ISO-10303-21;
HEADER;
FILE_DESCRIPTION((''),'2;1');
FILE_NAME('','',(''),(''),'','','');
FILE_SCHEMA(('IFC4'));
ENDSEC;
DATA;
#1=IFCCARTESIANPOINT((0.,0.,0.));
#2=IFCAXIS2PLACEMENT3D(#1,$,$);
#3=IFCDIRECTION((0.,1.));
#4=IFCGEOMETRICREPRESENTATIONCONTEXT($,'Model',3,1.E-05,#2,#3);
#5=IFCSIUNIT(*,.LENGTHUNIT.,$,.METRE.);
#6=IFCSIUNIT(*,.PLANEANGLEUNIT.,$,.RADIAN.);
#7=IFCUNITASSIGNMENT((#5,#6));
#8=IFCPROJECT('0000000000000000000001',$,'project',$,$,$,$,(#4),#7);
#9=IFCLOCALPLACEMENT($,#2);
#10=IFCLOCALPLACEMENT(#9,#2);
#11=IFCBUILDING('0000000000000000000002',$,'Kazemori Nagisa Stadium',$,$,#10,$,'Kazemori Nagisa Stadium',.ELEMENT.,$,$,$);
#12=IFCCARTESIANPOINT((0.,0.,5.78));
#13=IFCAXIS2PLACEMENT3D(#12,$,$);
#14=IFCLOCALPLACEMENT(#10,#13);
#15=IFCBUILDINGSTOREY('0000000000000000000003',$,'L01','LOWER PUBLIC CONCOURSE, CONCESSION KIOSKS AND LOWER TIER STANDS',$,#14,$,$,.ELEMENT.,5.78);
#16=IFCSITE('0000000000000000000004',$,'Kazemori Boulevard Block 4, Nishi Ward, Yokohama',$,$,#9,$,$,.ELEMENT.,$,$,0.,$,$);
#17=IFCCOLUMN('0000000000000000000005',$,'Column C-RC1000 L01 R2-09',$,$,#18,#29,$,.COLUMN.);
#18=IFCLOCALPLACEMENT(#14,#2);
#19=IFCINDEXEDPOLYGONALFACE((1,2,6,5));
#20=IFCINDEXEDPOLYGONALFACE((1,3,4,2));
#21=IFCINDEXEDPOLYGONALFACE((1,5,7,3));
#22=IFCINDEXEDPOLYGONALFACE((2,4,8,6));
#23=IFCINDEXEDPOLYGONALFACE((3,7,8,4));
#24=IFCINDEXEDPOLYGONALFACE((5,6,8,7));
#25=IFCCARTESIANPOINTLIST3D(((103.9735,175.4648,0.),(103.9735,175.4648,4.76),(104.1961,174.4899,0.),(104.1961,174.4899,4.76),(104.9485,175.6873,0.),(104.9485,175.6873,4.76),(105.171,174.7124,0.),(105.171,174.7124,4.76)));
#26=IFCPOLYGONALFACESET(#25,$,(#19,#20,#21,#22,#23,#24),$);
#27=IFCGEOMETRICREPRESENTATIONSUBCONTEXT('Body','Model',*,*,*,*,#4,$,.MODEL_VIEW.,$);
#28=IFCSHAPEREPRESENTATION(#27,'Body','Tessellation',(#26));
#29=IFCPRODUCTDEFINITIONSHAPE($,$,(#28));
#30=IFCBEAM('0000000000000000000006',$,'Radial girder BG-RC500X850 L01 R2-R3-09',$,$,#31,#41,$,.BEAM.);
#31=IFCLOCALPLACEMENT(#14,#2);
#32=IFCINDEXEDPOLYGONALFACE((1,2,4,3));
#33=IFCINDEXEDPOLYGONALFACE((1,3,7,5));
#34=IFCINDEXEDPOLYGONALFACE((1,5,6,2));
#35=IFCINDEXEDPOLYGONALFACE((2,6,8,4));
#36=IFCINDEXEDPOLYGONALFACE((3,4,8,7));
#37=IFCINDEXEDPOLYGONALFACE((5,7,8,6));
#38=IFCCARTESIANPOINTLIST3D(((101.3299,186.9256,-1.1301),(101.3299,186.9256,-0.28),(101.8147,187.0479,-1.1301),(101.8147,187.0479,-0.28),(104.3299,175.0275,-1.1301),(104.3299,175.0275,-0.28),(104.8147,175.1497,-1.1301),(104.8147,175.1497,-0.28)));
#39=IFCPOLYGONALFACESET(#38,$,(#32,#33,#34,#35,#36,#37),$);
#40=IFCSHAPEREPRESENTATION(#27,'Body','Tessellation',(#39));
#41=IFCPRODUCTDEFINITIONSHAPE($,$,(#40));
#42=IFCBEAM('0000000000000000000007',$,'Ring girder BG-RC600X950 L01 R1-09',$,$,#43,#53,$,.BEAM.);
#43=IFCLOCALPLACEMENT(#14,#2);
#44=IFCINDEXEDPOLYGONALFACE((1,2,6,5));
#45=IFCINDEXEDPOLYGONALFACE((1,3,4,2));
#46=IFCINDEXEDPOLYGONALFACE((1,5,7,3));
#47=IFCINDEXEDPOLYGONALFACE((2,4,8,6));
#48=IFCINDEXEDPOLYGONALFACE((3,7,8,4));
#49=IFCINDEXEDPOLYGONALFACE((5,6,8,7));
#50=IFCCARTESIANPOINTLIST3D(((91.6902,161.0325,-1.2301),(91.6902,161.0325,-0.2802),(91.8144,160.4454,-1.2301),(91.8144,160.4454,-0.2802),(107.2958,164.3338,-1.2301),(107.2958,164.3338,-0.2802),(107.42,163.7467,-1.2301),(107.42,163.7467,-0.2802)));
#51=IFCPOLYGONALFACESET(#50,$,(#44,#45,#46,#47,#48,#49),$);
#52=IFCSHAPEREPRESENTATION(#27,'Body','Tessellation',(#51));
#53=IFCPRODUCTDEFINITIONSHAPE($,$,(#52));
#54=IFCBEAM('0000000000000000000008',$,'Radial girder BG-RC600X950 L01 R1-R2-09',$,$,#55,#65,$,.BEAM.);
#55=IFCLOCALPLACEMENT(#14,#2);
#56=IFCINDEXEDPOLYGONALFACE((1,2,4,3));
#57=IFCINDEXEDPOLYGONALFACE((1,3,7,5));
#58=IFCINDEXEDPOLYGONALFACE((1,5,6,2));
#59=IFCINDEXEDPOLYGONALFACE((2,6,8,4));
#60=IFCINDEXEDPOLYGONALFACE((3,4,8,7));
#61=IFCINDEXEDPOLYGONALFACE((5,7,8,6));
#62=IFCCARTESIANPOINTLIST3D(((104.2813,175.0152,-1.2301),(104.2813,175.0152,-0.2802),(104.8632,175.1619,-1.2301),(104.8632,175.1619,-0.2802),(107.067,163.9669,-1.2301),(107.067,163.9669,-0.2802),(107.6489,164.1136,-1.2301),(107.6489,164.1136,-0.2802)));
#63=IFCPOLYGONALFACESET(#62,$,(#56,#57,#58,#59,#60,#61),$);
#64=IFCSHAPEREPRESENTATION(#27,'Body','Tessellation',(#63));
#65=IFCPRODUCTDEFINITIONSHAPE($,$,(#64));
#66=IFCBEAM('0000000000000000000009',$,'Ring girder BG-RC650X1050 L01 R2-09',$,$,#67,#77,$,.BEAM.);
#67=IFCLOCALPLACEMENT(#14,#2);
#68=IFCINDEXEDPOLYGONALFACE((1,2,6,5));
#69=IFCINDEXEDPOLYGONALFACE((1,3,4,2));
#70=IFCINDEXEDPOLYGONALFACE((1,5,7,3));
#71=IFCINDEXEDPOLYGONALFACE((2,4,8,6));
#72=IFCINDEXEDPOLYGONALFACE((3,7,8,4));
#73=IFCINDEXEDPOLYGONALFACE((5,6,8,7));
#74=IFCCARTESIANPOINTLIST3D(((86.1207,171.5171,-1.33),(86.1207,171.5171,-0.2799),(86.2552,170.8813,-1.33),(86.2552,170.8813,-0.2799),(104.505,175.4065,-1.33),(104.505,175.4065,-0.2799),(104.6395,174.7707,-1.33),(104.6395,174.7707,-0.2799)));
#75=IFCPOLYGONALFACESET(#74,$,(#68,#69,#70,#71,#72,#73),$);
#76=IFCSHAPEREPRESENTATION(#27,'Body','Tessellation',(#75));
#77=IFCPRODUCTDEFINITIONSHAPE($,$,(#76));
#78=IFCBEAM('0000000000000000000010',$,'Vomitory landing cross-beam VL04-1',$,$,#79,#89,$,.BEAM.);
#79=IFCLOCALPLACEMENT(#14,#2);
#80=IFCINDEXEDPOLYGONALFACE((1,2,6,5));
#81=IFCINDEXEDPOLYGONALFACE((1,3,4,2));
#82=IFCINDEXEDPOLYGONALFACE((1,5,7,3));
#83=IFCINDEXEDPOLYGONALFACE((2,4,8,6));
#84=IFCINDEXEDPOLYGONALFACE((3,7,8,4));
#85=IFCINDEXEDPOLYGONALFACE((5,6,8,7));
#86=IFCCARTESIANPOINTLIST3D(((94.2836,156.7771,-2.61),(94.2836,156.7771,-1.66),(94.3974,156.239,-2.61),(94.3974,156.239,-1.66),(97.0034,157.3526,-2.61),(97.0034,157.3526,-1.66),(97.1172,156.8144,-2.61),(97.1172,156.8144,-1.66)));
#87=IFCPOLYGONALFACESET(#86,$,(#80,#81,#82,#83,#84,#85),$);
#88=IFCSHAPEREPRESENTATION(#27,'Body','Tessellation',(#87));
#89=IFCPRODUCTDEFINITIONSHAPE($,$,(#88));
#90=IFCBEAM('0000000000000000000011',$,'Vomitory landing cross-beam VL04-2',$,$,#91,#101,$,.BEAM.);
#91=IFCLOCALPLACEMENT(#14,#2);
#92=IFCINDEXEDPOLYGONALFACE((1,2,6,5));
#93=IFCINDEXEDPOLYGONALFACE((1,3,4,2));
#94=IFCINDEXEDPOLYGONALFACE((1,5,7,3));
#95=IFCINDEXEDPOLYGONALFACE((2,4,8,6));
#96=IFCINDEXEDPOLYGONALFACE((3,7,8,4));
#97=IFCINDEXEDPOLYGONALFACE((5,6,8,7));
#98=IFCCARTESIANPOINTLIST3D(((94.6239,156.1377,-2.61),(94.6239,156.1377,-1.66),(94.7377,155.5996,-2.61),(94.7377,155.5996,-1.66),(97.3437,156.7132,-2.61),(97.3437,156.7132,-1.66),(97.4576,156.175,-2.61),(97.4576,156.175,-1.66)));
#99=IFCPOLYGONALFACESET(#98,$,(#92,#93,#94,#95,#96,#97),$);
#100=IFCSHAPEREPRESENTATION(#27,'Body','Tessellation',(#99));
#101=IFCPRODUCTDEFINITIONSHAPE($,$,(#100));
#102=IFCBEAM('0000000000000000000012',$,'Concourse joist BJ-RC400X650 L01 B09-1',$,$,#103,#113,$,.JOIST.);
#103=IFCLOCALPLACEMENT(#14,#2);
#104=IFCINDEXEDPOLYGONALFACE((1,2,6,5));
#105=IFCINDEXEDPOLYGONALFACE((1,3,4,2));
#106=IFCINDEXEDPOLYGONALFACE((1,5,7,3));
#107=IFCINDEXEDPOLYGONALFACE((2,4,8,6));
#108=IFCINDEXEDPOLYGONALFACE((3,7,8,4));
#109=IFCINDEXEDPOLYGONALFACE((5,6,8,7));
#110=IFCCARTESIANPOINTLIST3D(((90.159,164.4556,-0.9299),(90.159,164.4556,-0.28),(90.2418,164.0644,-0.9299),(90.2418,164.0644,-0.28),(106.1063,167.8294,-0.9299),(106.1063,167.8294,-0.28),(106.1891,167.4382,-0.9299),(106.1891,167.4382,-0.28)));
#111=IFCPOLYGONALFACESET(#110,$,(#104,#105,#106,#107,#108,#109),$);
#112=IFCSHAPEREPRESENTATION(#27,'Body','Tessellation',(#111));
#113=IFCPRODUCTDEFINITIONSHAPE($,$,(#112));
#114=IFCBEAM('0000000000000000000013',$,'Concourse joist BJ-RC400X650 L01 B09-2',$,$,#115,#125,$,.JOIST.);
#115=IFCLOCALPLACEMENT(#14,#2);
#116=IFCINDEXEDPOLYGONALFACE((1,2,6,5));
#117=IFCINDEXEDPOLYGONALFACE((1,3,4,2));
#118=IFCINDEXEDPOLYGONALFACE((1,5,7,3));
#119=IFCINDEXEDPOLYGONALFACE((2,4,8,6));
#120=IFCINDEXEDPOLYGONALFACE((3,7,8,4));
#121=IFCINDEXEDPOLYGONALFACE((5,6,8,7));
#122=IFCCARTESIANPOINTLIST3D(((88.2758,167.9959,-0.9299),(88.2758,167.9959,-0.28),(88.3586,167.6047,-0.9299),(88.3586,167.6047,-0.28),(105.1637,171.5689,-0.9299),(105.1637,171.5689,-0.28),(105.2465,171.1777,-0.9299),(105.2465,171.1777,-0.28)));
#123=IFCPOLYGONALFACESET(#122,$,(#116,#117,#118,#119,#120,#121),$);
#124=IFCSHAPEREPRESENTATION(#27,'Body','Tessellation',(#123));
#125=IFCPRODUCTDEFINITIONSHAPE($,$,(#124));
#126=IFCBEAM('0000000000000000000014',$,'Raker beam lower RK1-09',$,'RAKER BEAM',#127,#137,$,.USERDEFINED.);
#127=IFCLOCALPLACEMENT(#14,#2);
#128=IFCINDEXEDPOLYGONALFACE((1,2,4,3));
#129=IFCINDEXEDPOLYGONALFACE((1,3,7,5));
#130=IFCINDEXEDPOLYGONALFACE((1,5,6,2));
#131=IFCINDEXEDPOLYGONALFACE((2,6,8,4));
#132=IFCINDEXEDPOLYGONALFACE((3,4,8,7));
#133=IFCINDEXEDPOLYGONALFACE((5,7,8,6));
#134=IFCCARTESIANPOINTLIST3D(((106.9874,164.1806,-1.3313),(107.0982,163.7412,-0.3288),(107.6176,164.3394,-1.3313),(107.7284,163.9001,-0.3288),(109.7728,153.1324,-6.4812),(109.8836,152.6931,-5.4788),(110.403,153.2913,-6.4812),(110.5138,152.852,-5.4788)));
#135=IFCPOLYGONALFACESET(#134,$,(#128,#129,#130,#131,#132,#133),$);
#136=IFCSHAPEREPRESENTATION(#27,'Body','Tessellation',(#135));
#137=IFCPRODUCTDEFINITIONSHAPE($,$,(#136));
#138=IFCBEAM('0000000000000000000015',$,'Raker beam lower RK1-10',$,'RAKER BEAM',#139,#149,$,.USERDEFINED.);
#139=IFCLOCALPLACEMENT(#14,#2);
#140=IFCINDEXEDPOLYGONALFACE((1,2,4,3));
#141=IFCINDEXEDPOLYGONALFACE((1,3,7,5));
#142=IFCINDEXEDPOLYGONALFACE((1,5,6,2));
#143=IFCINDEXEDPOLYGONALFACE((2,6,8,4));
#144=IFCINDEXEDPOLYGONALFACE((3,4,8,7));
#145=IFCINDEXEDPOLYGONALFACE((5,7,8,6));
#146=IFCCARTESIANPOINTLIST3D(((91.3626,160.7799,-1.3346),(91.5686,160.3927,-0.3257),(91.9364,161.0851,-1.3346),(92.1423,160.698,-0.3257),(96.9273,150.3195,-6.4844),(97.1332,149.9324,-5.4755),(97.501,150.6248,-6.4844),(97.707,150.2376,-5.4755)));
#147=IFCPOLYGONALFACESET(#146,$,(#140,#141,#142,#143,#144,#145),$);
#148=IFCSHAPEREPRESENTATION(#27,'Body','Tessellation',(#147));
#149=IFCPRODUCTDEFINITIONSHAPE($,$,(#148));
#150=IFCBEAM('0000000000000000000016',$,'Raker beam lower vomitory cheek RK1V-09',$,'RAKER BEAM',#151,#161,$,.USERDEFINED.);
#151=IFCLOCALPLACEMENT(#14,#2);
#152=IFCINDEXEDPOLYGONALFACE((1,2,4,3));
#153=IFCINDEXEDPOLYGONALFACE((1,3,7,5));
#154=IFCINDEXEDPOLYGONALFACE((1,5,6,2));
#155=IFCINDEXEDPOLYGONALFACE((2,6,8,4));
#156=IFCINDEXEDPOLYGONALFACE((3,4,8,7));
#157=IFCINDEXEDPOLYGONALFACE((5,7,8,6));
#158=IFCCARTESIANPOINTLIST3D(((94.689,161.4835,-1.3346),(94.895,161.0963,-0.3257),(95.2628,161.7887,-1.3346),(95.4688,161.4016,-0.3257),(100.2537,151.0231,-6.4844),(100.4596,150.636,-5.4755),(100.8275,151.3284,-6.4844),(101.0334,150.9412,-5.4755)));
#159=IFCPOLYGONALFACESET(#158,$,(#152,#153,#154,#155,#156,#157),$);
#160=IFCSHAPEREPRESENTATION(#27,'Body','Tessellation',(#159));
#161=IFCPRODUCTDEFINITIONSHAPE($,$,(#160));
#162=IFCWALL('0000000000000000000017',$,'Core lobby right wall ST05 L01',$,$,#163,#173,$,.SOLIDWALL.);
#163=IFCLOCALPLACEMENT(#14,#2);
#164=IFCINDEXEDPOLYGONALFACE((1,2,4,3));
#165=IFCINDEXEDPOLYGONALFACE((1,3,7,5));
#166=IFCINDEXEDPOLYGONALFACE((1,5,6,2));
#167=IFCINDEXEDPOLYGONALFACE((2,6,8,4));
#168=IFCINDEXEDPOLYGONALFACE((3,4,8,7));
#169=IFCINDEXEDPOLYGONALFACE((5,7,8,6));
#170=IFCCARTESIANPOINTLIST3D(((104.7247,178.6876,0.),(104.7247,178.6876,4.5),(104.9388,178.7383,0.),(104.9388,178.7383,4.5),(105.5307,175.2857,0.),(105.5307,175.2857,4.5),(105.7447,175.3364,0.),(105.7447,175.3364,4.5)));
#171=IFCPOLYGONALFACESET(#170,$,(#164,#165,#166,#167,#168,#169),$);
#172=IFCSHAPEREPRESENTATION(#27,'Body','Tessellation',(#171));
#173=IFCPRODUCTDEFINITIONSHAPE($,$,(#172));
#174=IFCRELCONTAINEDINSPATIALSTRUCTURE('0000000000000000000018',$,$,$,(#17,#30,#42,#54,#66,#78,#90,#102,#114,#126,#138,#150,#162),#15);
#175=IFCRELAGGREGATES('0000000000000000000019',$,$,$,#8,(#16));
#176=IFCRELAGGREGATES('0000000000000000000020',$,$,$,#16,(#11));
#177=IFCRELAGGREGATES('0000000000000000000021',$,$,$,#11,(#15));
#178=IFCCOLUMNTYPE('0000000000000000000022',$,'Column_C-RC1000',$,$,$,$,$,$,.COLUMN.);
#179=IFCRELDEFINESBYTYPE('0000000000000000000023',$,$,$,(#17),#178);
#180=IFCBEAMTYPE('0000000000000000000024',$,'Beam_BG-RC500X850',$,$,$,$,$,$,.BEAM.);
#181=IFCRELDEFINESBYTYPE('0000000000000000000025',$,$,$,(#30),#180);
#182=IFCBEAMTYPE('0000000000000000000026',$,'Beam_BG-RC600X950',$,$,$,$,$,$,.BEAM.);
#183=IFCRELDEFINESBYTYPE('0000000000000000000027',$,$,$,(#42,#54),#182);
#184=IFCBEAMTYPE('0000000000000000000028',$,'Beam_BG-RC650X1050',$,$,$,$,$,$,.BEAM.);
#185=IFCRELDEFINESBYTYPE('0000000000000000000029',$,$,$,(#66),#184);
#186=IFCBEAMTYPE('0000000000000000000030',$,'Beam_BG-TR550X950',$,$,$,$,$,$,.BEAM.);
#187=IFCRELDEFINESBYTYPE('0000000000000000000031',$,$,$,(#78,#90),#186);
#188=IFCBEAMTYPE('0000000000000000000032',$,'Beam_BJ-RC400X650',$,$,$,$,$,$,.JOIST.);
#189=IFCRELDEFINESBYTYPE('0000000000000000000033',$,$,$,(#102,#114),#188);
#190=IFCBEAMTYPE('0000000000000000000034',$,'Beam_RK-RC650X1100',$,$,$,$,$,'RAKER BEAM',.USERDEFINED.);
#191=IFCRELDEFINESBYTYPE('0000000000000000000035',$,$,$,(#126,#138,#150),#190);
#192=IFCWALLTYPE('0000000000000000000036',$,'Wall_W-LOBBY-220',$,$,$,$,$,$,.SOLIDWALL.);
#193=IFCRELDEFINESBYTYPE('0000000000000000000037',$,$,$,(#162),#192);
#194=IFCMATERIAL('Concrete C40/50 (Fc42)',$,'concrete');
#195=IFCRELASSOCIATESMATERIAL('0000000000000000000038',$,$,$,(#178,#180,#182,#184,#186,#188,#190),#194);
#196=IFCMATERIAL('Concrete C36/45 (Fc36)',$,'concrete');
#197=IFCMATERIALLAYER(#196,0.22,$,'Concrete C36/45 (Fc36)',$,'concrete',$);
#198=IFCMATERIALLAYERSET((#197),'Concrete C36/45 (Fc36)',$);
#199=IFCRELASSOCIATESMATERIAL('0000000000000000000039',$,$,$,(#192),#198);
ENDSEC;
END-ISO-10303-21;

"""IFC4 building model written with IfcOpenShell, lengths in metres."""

from ifc_helpers import new_model, si_unit, direction, frame, frame_2d, origin, origin_2d, place, context, subcontext, project, spatial, rectangle, extrude, material, layer, layer_set, material_profile, profile_set, type_object, element, save


model = new_model("IFC4")

# Units and contexts
model_context = context("Model", 3, precision=1e-05, world=origin(), true_north=direction((0.0, 1.0)))
body_context = subcontext(model_context, "Body", "Model", "MODEL_VIEW")
ifc_project = project(units=[si_unit("LENGTHUNIT", "METRE"), si_unit("PLANEANGLEUNIT", "RADIAN")], contexts=[model_context])

# Site, building, storey
site_placement = place(None, origin())
site = spatial("IfcSite", under=ifc_project, at=site_placement, Name="Kazemori Boulevard Block 4, Nishi Ward, Yokohama", CompositionType="ELEMENT", RefElevation=0.0)
building_placement = place(site_placement, origin())
building = spatial("IfcBuilding", under=site, at=building_placement, Name="Kazemori Nagisa Stadium", LongName="Kazemori Nagisa Stadium", CompositionType="ELEMENT")
storey_placement = place(building_placement, frame((0.0, 0.0, 5.78)))
storey = spatial("IfcBuildingStorey", under=building, at=storey_placement, Name="L01", Description="LOWER PUBLIC CONCOURSE, CONCESSION KIOSKS AND LOWER TIER STANDS", CompositionType="ELEMENT", Elevation=5.78)

# Column
ifc_material_1 = material(Name="Concrete C40/50 (Fc42)", Category="concrete")
ifc_material_profile_1 = material_profile(ifc_material_1, rectangle(XDim=1.0, YDim=1.0, at=origin_2d()), Name="RC-COL-1000x1000")
ifc_profile_set_1 = profile_set([ifc_material_profile_1], Name="Concrete C40/50 (Fc42)")
column_type_1 = type_object("IfcColumnType", Name="Column_C-RC1000", PredefinedType="COLUMN", material=ifc_profile_set_1)
column_1_placement = place(storey_placement, frame((104.5723, 175.0886, 0.0), z_axis=(0.0, 0.0, 1.0), x_axis=(-0.222521, 0.974928, 0.0)))
element("IfcColumn", 1, at=column_1_placement, inside=storey, type_object=column_type_1, Name="Column C-RC1000 L01 R2-09", PredefinedType="COLUMN", context=body_context, shape_type="SweptSolid", body=[
    extrude(rectangle(XDim=1.0, YDim=1.0, at=origin_2d()), origin(), (0.0, 0.0, 1.0), 4.76),
])

# Beams
ifc_material_profile_2 = material_profile(ifc_material_1, rectangle(XDim=0.5, YDim=0.8501, at=origin_2d()), Name="RC-BM-500x850")
ifc_profile_set_2 = profile_set([ifc_material_profile_2], Name="Concrete C40/50 (Fc42)")
beam_type_1 = type_object("IfcBeamType", Name="Beam_BG-RC500X850", PredefinedType="BEAM", material=ifc_profile_set_2)
beam_1_placement = place(storey_placement, frame((104.5723, 175.0886, -0.7051), z_axis=(-0.244487, 0.969652, 0.0), x_axis=(-0.969652, -0.244487, 0.0)))
element("IfcBeam", 2, at=beam_1_placement, inside=storey, type_object=beam_type_1, Name="Radial girder BG-RC500X850 L01 R2-R3-09", PredefinedType="BEAM", context=body_context, shape_type="SweptSolid", body=[
    extrude(rectangle(XDim=0.5, YDim=0.8501, at=origin_2d()), origin(), (0.0, 0.0, 1.0), 12.2705),
])
ifc_material_profile_3 = material_profile(ifc_material_1, rectangle(XDim=0.6001, YDim=0.95, at=origin_2d()), Name="RC-BM-600x950")
ifc_profile_set_3 = profile_set([ifc_material_profile_3], Name="Concrete C40/50 (Fc42)")
beam_type_2 = type_object("IfcBeamType", Name="Beam_BG-RC600X950", PredefinedType="BEAM", material=ifc_profile_set_3)
beam_2_placement = place(storey_placement, frame((107.3579, 164.0403, -0.7551), z_axis=(-0.978348, -0.206965, 0.0), x_axis=(0.206965, -0.978348, 0.0)))
element("IfcBeam", 3, at=beam_2_placement, inside=storey, type_object=beam_type_2, Name="Ring girder BG-RC600X950 L01 R1-09", PredefinedType="BEAM", context=body_context, shape_type="SweptSolid", body=[
    extrude(rectangle(XDim=0.6001, YDim=0.95, at=origin_2d()), origin(), (0.0, 0.0, 1.0), 15.9509),
])
beam_3_placement = place(storey_placement, frame((107.3579, 164.0403, -0.7551), z_axis=(-0.244481, 0.969654, 0.0), x_axis=(-0.969654, -0.244481, 0.0)))
element("IfcBeam", 4, at=beam_3_placement, inside=storey, type_object=beam_type_2, Name="Radial girder BG-RC600X950 L01 R1-R2-09", PredefinedType="BEAM", context=body_context, shape_type="SweptSolid", body=[
    extrude(rectangle(XDim=0.6001, YDim=0.95, at=origin_2d()), origin(), (0.0, 0.0, 1.0), 11.394),
])
ifc_material_profile_4 = material_profile(ifc_material_1, rectangle(XDim=0.6499, YDim=1.05, at=origin_2d()), Name="RC-BM-650x1050")
ifc_profile_set_4 = profile_set([ifc_material_profile_4], Name="Concrete C40/50 (Fc42)")
beam_type_3 = type_object("IfcBeamType", Name="Beam_BG-RC650X1050", PredefinedType="BEAM", material=ifc_profile_set_4)
beam_4_placement = place(storey_placement, frame((104.5723, 175.0886, -0.8049), z_axis=(-0.978345, -0.20698, 0.0), x_axis=(0.20698, -0.978345, 0.0)))
element("IfcBeam", 5, at=beam_4_placement, inside=storey, type_object=beam_type_3, Name="Ring girder BG-RC650X1050 L01 R2-09", PredefinedType="BEAM", context=body_context, shape_type="SweptSolid", body=[
    extrude(rectangle(XDim=0.6499, YDim=1.05, at=origin_2d()), origin(), (0.0, 0.0, 1.0), 18.7913),
])
ifc_material_profile_5 = material_profile(ifc_material_1, rectangle(XDim=0.55, YDim=0.95, at=origin_2d()), Name="RC-BM-550x950")
ifc_profile_set_5 = profile_set([ifc_material_profile_5], Name="Concrete C40/50 (Fc42)")
beam_type_4 = type_object("IfcBeamType", Name="Beam_BG-TR550X950", PredefinedType="BEAM", material=ifc_profile_set_5)
for number, where, z_axis, x_axis, name in (
    (6, (97.0603, 157.0835, -2.135), (-0.978341, -0.206997, 0.0), (0.206997, -0.978341, 0.0), "Vomitory landing cross-beam VL04-1"),
    (7, (97.4006, 156.4441, -2.135), (-0.978341, -0.206997, 0.0), (0.206997, -0.978341, 0.0), "Vomitory landing cross-beam VL04-2"),
):
    element("IfcBeam", number, at=place(storey_placement, frame(where, z_axis=z_axis, x_axis=x_axis)), inside=storey, type_object=beam_type_4, Name=name, PredefinedType="BEAM", context=body_context, shape_type="SweptSolid", body=[
        extrude(rectangle(XDim=0.55, YDim=0.95, at=origin_2d()), origin(), (0.0, 0.0, 1.0), 2.78),
    ])
ifc_material_profile_6 = material_profile(ifc_material_1, rectangle(XDim=0.3999, YDim=0.6499, at=origin_2d()), Name="RC-BM-400x650")
ifc_profile_set_6 = profile_set([ifc_material_profile_6], Name="Concrete C40/50 (Fc42)")
beam_type_5 = type_object("IfcBeamType", Name="Beam_BJ-RC400X650", PredefinedType="JOIST", material=ifc_profile_set_6)
beam_5_placement = place(storey_placement, frame((106.1477, 167.6338, -0.605), z_axis=(-0.978346, -0.206977, 0.0), x_axis=(0.206977, -0.978346, 0.0)))
element("IfcBeam", 8, at=beam_5_placement, inside=storey, type_object=beam_type_5, Name="Concourse joist BJ-RC400X650 L01 B09-1", PredefinedType="JOIST", context=body_context, shape_type="SweptSolid", body=[
    extrude(rectangle(XDim=0.3999, YDim=0.6499, at=origin_2d()), origin(), (0.0, 0.0, 1.0), 16.3003),
])
beam_6_placement = place(storey_placement, frame((105.2051, 171.3733, -0.605), z_axis=(-0.978343, -0.206989, 0.0), x_axis=(0.206989, -0.978343, 0.0)))
element("IfcBeam", 9, at=beam_6_placement, inside=storey, type_object=beam_type_5, Name="Concourse joist BJ-RC400X650 L01 B09-2", PredefinedType="JOIST", context=body_context, shape_type="SweptSolid", body=[
    extrude(rectangle(XDim=0.3999, YDim=0.6499, at=origin_2d()), origin(), (0.0, 0.0, 1.0), 17.2617),
])
ifc_material_profile_7 = material_profile(ifc_material_1, rectangle(XDim=0.6499, YDim=1.1001, at=origin_2d()), Name="RC-RK-650x1100")
ifc_profile_set_7 = profile_set([ifc_material_profile_7], Name="Concrete C40/50 (Fc42)")
beam_type_6 = type_object("IfcBeamType", Name="Beam_RK-RC650X1100", ElementType="RAKER BEAM", PredefinedType="USERDEFINED", material=ifc_profile_set_7)
beam_7_placement = place(storey_placement, frame((110.1433, 152.9922, -5.98), z_axis=(-0.222768, 0.883592, 0.411873), x_axis=(-0.969658, -0.244466, 0.0)))
element("IfcBeam", 10, at=beam_7_placement, inside=storey, type_object=beam_type_6, Name="Raker beam lower RK1-09", ObjectType="RAKER BEAM", PredefinedType="USERDEFINED", context=body_context, shape_type="SweptSolid", body=[
    extrude(rectangle(XDim=0.6499, YDim=1.1001, at=origin_2d()), origin(), (0.0, 0.0, 1.0), 12.5037),
])
for number, where, z_axis, x_axis, name in (
    (11, (97.3171, 150.2786, -5.98), (-0.430727, 0.809676, 0.398621), (-0.88285, -0.469654, 0.0), "Raker beam lower RK1-10"),
    (12, (100.6436, 150.9822, -5.98), (-0.430727, 0.809676, 0.398621), (-0.88285, -0.469654, 0.0), "Raker beam lower vomitory cheek RK1V-09"),
):
    element("IfcBeam", number, at=place(storey_placement, frame(where, z_axis=z_axis, x_axis=x_axis)), inside=storey, type_object=beam_type_6, Name=name, ObjectType="RAKER BEAM", PredefinedType="USERDEFINED", context=body_context, shape_type="SweptSolid", body=[
        extrude(rectangle(XDim=0.6499, YDim=1.1001, at=origin_2d()), origin(), (0.0, 0.0, 1.0), 12.9192),
    ])

# Wall
ifc_material_2 = material(Name="Concrete C36/45 (Fc36)", Category="concrete")
ifc_layer_1 = layer(ifc_material_2, 0.22, Name="Concrete C36/45 (Fc36)", Category="concrete")
ifc_layer_set_1 = layer_set([ifc_layer_1], Name="Concrete C36/45 (Fc36)")
wall_type_1 = type_object("IfcWallType", Name="Wall_W-LOBBY-220", PredefinedType="SOLIDWALL", material=ifc_layer_set_1)
wall_1_placement = place(storey_placement, frame((105.6377, 175.311, 0.0), z_axis=(0.0, 0.0, 1.0), x_axis=(-0.230522, 0.973067, 0.0)))
element("IfcWall", 13, at=wall_1_placement, inside=storey, type_object=wall_type_1, Name="Core lobby right wall ST05 L01", PredefinedType="SOLIDWALL", context=body_context, shape_type="SweptSolid", body=[
    extrude(rectangle(XDim=3.4961, YDim=0.22, at=frame_2d((1.748, 0.0))), origin(), (0.0, 0.0, 1.0), 4.5),
])

save(model, "model.ifc")
